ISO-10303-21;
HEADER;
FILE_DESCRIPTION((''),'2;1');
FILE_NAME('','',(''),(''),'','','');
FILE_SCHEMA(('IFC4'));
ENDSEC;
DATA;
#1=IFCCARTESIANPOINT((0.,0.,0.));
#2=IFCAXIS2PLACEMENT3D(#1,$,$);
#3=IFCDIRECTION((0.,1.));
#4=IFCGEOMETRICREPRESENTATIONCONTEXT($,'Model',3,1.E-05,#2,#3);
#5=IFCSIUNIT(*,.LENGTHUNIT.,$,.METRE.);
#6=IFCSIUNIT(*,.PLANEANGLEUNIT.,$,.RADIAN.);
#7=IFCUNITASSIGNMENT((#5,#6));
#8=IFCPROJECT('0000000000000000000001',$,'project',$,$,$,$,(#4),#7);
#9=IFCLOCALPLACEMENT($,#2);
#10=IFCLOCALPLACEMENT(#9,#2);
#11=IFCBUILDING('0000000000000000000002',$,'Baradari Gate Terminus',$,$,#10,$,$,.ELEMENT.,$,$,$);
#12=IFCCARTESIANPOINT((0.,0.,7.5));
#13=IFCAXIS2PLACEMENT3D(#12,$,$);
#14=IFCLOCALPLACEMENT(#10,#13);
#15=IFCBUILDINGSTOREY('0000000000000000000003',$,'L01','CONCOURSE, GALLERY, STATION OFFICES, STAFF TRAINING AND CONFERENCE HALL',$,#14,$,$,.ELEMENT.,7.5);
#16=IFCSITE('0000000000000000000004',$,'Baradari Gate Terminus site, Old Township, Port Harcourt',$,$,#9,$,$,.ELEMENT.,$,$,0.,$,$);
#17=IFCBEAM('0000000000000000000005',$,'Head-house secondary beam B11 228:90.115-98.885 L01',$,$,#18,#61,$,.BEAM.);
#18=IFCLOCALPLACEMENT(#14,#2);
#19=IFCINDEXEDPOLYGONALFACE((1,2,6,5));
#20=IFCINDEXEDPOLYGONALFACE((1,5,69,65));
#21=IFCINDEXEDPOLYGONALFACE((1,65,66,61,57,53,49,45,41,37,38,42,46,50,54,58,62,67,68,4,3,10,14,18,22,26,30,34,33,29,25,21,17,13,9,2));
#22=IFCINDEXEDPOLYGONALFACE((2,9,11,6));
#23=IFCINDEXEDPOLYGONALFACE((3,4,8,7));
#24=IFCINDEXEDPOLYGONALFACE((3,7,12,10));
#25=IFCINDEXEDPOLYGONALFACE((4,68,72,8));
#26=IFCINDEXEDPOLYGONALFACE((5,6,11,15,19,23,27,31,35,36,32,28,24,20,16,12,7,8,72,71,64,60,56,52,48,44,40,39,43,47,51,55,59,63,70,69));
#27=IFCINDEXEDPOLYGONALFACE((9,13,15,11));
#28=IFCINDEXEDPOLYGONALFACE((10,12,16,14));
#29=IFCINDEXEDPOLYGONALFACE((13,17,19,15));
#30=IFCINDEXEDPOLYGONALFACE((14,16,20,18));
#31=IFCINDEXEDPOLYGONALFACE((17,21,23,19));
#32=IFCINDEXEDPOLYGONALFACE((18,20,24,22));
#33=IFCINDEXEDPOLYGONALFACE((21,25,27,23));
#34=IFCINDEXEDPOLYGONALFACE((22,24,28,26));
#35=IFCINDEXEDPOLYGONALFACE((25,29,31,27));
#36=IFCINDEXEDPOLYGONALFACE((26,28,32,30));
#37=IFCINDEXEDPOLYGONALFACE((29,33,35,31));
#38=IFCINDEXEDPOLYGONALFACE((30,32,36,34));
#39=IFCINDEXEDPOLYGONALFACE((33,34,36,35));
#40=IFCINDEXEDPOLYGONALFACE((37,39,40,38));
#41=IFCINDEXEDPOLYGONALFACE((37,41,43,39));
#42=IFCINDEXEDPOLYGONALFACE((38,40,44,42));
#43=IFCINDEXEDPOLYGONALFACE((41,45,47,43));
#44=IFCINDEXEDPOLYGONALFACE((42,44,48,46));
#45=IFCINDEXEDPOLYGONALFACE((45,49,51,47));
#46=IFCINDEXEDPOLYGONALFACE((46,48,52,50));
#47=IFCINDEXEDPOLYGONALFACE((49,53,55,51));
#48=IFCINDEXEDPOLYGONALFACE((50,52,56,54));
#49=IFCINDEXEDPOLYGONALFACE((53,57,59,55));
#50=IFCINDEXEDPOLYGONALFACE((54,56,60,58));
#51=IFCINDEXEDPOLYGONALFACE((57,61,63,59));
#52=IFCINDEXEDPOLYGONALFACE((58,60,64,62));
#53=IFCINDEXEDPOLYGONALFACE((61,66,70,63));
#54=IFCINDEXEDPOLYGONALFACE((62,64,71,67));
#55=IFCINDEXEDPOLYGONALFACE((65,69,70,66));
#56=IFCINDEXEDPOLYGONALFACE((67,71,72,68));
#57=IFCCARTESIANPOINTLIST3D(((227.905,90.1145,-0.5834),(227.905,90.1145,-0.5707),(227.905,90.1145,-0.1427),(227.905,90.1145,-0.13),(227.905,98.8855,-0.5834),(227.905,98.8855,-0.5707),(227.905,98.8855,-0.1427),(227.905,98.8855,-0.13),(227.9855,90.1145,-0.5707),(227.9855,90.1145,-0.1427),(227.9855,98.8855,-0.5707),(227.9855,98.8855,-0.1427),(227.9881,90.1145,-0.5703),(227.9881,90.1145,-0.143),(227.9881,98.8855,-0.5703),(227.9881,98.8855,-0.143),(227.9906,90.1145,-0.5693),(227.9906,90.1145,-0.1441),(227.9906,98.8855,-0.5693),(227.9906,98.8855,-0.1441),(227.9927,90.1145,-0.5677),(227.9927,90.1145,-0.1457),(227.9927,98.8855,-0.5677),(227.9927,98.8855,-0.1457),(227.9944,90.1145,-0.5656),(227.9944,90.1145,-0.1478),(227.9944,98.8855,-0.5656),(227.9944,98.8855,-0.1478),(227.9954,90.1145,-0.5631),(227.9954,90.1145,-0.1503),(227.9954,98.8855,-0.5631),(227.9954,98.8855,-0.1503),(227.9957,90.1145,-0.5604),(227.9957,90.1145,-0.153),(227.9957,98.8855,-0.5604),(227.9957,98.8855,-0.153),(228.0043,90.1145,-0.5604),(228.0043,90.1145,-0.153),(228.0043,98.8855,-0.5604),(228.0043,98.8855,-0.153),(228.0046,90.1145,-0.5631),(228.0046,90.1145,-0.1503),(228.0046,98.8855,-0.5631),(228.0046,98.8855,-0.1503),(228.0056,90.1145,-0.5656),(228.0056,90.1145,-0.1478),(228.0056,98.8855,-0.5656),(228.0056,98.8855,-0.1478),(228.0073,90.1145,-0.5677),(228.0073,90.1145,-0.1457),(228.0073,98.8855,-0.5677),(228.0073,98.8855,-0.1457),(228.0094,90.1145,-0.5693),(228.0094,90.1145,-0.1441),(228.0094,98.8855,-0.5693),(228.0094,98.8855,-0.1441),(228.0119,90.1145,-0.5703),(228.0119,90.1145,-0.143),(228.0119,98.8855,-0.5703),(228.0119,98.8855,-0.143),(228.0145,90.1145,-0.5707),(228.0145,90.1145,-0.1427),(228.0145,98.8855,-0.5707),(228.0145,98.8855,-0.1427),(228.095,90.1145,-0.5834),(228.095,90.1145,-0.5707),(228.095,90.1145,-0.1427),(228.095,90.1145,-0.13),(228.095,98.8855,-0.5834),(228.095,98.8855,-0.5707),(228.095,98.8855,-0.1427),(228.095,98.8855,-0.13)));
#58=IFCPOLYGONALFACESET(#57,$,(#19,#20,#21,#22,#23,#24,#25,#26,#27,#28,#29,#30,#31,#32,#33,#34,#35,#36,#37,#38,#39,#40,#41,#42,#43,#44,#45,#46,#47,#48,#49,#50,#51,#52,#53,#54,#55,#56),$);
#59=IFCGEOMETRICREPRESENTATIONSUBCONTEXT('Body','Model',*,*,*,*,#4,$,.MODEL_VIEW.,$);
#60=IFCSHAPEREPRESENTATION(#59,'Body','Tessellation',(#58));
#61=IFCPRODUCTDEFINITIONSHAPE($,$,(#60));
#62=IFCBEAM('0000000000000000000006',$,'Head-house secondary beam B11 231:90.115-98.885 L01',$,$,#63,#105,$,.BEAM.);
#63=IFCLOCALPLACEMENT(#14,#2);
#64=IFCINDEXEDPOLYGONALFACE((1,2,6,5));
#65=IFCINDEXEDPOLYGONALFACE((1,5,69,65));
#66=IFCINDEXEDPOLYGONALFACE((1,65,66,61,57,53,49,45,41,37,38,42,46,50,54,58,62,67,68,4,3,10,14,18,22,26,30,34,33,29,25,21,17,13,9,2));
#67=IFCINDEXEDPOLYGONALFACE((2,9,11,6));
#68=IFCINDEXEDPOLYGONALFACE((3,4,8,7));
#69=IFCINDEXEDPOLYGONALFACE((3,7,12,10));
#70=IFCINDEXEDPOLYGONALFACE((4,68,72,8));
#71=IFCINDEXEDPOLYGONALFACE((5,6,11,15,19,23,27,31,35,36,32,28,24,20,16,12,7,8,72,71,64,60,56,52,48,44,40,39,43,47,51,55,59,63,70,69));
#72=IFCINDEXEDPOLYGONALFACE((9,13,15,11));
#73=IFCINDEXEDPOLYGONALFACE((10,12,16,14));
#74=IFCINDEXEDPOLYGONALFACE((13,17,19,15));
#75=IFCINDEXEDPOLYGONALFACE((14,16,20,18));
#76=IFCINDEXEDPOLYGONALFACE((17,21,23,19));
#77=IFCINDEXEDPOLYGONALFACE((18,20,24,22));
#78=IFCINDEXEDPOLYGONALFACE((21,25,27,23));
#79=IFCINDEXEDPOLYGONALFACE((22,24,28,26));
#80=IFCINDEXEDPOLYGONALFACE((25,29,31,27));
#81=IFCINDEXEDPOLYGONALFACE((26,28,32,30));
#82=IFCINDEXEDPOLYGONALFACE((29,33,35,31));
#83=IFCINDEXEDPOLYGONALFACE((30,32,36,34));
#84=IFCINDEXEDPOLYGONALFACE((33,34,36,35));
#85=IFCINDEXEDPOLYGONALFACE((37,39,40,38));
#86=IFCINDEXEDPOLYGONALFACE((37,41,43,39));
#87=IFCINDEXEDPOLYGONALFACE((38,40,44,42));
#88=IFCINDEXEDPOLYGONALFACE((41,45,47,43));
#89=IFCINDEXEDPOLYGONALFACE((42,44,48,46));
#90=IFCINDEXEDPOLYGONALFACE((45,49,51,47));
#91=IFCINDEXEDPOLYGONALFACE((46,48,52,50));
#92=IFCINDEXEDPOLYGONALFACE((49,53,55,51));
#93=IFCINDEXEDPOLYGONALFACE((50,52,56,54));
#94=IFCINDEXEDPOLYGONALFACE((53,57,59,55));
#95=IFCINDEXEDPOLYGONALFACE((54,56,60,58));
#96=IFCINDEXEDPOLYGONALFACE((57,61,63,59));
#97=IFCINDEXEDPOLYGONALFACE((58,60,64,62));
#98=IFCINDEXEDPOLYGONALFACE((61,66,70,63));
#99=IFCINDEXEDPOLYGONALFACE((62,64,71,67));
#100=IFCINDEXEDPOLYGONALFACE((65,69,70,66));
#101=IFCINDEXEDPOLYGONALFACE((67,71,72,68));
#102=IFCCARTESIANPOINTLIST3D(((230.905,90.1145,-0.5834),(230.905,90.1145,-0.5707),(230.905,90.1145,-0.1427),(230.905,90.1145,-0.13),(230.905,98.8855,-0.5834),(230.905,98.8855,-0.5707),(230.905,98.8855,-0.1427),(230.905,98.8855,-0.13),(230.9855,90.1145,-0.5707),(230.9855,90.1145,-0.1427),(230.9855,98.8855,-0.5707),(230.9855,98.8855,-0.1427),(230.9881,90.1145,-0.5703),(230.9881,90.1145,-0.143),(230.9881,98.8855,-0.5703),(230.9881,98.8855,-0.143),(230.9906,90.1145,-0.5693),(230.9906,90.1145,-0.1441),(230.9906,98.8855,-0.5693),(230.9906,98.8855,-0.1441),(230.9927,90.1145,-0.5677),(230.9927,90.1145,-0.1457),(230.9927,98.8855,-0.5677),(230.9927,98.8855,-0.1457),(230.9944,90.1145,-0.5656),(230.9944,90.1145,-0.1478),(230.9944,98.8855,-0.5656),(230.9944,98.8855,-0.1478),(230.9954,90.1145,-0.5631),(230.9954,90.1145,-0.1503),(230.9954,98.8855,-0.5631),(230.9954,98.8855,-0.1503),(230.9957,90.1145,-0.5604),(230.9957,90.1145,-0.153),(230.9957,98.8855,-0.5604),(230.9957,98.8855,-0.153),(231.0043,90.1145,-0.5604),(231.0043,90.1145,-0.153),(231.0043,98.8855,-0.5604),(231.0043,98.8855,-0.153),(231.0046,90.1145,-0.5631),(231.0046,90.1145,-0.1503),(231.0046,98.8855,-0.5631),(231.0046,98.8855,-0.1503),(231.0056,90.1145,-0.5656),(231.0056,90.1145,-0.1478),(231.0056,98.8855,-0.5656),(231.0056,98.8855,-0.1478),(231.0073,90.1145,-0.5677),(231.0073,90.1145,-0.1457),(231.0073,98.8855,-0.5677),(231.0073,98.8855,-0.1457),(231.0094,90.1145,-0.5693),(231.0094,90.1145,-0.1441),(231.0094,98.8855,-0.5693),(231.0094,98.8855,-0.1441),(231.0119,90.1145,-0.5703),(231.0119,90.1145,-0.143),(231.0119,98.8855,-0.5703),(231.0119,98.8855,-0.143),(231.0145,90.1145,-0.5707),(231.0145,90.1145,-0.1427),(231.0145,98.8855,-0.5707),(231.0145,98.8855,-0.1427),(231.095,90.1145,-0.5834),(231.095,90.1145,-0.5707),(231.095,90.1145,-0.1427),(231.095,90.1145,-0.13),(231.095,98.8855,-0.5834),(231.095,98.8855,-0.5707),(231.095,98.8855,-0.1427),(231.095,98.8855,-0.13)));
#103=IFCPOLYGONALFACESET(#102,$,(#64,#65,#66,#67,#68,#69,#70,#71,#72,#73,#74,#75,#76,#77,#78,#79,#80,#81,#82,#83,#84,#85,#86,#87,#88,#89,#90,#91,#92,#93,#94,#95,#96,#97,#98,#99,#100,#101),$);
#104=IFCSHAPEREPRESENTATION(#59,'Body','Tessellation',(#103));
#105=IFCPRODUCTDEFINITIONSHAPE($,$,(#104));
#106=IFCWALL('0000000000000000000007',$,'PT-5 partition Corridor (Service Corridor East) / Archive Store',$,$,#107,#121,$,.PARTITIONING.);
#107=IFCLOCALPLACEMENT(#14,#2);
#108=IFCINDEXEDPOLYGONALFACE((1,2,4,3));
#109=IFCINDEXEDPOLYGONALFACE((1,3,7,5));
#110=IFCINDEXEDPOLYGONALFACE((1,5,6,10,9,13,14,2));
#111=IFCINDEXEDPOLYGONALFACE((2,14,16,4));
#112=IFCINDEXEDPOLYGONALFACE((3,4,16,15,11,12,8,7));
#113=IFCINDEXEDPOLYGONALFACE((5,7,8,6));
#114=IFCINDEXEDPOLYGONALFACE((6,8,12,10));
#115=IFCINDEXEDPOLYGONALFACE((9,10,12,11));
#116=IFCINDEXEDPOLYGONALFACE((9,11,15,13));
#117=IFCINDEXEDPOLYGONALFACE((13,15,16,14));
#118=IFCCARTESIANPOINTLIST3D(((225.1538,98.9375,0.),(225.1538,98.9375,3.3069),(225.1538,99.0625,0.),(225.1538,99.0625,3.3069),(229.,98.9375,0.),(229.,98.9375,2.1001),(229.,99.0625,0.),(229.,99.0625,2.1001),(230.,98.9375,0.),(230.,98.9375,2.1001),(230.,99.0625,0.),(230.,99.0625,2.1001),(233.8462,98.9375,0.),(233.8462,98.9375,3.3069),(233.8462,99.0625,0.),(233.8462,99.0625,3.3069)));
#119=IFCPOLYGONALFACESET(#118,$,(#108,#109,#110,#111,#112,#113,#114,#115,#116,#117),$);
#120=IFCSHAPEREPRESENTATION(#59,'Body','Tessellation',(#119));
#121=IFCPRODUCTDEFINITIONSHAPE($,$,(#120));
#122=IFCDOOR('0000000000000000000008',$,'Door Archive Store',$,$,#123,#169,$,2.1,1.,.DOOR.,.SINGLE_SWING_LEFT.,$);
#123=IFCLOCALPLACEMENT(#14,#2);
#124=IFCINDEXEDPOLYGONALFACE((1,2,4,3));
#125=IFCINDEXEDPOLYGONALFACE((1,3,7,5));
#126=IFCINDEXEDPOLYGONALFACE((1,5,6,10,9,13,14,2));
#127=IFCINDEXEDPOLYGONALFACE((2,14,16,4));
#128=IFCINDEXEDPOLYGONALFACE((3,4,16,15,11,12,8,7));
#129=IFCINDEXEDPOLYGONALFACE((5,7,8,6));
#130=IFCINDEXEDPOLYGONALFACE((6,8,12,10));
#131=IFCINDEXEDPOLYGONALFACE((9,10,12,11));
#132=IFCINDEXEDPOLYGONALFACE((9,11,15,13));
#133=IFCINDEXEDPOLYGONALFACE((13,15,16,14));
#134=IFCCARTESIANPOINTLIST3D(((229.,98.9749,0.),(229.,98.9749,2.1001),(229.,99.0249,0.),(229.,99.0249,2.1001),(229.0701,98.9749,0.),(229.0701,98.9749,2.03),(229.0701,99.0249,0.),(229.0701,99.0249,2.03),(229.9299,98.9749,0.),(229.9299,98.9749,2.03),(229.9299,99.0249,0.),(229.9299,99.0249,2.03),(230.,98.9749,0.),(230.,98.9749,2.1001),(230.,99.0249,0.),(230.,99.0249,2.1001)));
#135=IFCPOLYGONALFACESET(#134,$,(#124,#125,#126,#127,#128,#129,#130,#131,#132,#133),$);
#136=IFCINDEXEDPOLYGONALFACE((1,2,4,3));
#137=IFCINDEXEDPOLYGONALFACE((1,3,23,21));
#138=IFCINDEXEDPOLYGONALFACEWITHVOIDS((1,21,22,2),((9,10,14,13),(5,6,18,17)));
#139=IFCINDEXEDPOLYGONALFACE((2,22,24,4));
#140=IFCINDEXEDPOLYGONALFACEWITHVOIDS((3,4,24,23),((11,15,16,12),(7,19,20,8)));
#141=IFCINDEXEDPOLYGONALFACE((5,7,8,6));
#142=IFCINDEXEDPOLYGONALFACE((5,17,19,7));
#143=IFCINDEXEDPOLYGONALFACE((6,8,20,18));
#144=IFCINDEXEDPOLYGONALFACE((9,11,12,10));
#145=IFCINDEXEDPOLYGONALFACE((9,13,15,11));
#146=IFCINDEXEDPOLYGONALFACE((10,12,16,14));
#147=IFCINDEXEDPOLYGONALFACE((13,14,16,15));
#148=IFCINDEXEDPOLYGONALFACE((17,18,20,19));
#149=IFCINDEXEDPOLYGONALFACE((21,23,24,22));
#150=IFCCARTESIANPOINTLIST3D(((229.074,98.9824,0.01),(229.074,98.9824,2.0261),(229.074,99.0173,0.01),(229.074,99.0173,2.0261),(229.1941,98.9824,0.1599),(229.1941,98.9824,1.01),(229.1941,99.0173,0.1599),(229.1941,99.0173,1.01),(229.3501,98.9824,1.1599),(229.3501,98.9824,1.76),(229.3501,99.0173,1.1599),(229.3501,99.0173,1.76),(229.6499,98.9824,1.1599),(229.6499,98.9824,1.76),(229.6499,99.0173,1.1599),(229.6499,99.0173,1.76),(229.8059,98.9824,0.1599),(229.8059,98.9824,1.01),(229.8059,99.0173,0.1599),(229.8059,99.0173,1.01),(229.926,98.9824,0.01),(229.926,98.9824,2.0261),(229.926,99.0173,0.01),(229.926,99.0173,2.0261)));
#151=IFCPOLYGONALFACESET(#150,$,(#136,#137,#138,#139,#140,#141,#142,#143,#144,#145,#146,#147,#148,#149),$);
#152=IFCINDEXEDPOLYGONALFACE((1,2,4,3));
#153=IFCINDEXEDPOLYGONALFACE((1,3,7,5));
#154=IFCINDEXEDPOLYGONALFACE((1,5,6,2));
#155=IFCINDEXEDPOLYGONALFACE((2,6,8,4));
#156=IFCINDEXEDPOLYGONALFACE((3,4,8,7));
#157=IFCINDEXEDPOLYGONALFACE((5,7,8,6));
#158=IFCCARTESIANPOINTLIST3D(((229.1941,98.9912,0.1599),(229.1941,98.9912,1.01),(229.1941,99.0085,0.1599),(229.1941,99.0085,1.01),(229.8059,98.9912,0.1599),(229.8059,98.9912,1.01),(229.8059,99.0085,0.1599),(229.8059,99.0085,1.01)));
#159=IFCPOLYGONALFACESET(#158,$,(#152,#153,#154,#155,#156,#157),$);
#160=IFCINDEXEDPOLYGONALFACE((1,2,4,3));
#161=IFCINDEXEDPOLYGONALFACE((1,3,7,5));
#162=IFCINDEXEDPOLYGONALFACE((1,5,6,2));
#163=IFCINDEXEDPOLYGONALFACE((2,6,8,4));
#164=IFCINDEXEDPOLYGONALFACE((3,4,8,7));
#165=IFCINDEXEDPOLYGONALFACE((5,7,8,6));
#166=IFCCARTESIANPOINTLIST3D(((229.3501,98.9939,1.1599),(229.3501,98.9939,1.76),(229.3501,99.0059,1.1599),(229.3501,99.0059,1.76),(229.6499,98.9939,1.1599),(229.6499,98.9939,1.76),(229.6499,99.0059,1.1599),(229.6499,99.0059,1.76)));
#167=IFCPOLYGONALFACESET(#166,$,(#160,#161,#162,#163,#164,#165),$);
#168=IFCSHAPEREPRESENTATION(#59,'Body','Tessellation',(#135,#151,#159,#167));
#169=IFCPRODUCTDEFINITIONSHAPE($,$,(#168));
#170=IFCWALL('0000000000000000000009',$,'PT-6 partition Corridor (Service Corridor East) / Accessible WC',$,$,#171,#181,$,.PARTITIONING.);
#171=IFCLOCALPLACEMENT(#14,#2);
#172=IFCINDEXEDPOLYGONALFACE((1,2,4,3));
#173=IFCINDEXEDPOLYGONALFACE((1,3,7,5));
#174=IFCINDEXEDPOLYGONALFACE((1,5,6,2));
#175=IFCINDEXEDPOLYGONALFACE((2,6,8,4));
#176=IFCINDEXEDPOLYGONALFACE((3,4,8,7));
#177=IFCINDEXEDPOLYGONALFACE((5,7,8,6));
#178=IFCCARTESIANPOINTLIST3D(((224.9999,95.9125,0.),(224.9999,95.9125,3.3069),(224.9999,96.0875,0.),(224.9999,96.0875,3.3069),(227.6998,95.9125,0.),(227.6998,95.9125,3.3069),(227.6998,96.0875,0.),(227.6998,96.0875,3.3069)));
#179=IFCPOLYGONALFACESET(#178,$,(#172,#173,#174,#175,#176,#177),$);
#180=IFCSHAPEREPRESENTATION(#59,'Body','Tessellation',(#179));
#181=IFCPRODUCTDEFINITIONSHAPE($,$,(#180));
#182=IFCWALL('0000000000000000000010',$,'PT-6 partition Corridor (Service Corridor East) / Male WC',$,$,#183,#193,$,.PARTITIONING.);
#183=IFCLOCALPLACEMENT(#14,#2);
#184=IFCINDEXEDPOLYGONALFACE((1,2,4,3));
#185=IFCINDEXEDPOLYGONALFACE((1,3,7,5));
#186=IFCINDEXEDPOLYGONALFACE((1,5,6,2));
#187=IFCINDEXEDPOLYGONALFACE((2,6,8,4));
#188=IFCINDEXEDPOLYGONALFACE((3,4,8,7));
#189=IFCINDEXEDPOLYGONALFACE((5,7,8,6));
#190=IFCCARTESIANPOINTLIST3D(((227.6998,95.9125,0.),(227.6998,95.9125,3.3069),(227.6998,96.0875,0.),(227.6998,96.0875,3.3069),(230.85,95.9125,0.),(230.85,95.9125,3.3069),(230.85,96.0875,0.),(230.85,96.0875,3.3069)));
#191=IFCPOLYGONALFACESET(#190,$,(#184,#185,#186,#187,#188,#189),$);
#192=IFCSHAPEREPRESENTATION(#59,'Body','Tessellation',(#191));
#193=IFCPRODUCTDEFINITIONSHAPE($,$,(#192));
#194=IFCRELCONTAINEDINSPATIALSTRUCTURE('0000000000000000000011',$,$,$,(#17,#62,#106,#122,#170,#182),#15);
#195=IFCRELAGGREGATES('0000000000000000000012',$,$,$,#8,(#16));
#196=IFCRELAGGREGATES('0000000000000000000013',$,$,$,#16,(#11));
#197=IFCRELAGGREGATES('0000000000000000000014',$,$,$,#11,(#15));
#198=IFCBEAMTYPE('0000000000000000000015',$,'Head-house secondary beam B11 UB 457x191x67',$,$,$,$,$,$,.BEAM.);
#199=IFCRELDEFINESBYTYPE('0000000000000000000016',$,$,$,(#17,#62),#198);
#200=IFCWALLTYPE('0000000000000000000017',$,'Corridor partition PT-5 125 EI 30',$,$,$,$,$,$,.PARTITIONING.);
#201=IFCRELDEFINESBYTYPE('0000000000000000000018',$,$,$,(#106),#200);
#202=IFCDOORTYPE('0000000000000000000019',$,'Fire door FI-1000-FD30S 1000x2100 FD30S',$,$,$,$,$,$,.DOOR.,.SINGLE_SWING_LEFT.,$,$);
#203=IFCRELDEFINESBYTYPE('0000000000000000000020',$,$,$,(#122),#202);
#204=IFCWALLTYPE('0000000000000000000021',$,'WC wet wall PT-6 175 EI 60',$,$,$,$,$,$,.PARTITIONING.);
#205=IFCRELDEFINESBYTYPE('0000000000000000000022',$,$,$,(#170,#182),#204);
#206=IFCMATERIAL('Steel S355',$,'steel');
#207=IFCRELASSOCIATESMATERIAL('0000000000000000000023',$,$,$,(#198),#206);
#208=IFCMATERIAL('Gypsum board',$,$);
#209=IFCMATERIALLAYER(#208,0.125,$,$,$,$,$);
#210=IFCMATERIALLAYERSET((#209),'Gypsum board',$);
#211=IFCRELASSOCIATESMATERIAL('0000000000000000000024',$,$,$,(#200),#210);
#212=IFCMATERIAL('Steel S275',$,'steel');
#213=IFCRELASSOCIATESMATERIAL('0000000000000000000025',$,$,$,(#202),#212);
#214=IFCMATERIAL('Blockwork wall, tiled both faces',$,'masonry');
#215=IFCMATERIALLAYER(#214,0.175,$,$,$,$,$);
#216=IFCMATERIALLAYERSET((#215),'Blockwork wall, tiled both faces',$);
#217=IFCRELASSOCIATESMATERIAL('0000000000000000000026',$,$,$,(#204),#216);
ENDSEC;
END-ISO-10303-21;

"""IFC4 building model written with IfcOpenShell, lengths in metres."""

from ifc_helpers import new_model, si_unit, direction, frame, frame_2d, origin, origin_2d, place, context, subcontext, project, spatial, polyline, rectangle, i_section, outline, extrude, material, layer, layer_set, material_profile, profile_set, type_object, element, fill, save


model = new_model("IFC4")

# Units and contexts
model_context = context("Model", 3, precision=1e-05, world=origin(), true_north=direction((0.0, 1.0)))
body_context = subcontext(model_context, "Body", "Model", "MODEL_VIEW")
ifc_project = project(units=[si_unit("LENGTHUNIT", "METRE"), si_unit("PLANEANGLEUNIT", "RADIAN")], contexts=[model_context])

# Site, building, storey
site_placement = place(None, origin())
site = spatial("IfcSite", under=ifc_project, at=site_placement, Name="Baradari Gate Terminus site, Old Township, Port Harcourt", CompositionType="ELEMENT", RefElevation=0.0)
building_placement = place(site_placement, origin())
building = spatial("IfcBuilding", under=site, at=building_placement, Name="Baradari Gate Terminus", CompositionType="ELEMENT")
storey_placement = place(building_placement, frame((0.0, 0.0, 7.5)))
storey = spatial("IfcBuildingStorey", under=building, at=storey_placement, Name="L01", Description="CONCOURSE, GALLERY, STATION OFFICES, STAFF TRAINING AND CONFERENCE HALL", CompositionType="ELEMENT", Elevation=7.5)

# Beams
ifc_material_1 = material(Name="Steel S355", Category="steel")
ifc_material_profile_1 = material_profile(ifc_material_1, i_section(OverallWidth=0.1899, OverallDepth=0.4534, WebThickness=0.0085, FlangeThickness=0.0127, FilletRadius=0.0103, at=origin_2d()), Name="UB 457x191x67")
ifc_profile_set_1 = profile_set([ifc_material_profile_1], Name="Steel S355")
beam_type_1 = type_object("IfcBeamType", Name="Head-house secondary beam B11 UB 457x191x67", PredefinedType="BEAM", material=ifc_profile_set_1)
for number, where, z_axis, x_axis, name in (
    (1, (228.0, 90.1145, -0.3567), (0.0, 1.0, 0.0), (-1.0, 0.0, 0.0), "Head-house secondary beam B11 228:90.115-98.885 L01"),
    (2, (231.0, 90.1145, -0.3567), (0.0, 1.0, 0.0), (-1.0, 0.0, 0.0), "Head-house secondary beam B11 231:90.115-98.885 L01"),
):
    element("IfcBeam", number, at=place(storey_placement, frame(where, z_axis=z_axis, x_axis=x_axis)), inside=storey, type_object=beam_type_1, Name=name, PredefinedType="BEAM", context=body_context, shape_type="SweptSolid", body=[
        extrude(i_section(OverallWidth=0.1899, OverallDepth=0.4534, WebThickness=0.0085, FlangeThickness=0.0127, FilletRadius=0.0103, at=origin_2d()), origin(), (0.0, 0.0, 1.0), 8.771),
    ])

# Wall, opening, door
ifc_material_2 = material(Name="Gypsum board")
ifc_layer_1 = layer(ifc_material_2, 0.125)
ifc_layer_set_1 = layer_set([ifc_layer_1], Name="Gypsum board")
wall_type_1 = type_object("IfcWallType", Name="Corridor partition PT-5 125 EI 30", PredefinedType="PARTITIONING", material=ifc_layer_set_1)
wall_1_placement = place(storey_placement, frame((225.1538, 99.0, 0.0), z_axis=(0.0, 0.0, 1.0), x_axis=(1.0, 0.0, 0.0)))
wall_1 = element("IfcWall", 3, at=wall_1_placement, inside=storey, type_object=wall_type_1, Name="PT-5 partition Corridor (Service Corridor East) / Archive Store", PredefinedType="PARTITIONING", context=body_context, shape_type="SweptSolid", body=[
    extrude(rectangle(XDim=8.6924, YDim=0.125, at=frame_2d((4.3462, 0.0))), origin(), (0.0, 0.0, 1.0), 3.3069),
])
opening_1_placement = place(wall_1_placement, frame((3.8462, 0.0, 0.0)))
opening_1 = element("IfcOpeningElement", 4, at=opening_1_placement, cuts=wall_1, PredefinedType="OPENING", context=body_context, shape_type="SweptSolid", body=[
    extrude(rectangle(XDim=1.0, YDim=2.1001, at=frame_2d((0.5, 1.05))), frame((0.0, 0.0725, 0.0), z_axis=(0.0, -1.0, 0.0), x_axis=(1.0, 0.0, 0.0)), (0.0, 0.0, 1.0), 0.145),
])
ifc_material_3 = material(Name="Steel S275", Category="steel")
door_type_1 = type_object("IfcDoorType", Name="Fire door FI-1000-FD30S 1000x2100 FD30S", OperationType="SINGLE_SWING_LEFT", PredefinedType="DOOR", material=ifc_material_3)
door_1_placement = place(opening_1_placement, origin())
door_1 = element("IfcDoor", 5, at=door_1_placement, inside=storey, type_object=door_type_1, Name="Door Archive Store", OperationType="SINGLE_SWING_LEFT", OverallHeight=2.1, OverallWidth=1.0, PredefinedType="DOOR", context=body_context, shape_type="SweptSolid", body=[
    extrude(outline(polyline([(0.0, 0.0), (0.0701, 0.0), (0.0701, 2.03), (0.9299, 2.03), (0.9299, 0.0), (1.0, 0.0), (1.0, 2.1001), (0.0, 2.1001), (0.0, 0.0)])), frame((0.0, 0.0249, 0.0), z_axis=(0.0, -1.0, 0.0), x_axis=(1.0, 0.0, 0.0)), (0.0, 0.0, 1.0), 0.05),
    extrude(outline(polyline([(0.074, 0.01), (0.926, 0.01), (0.926, 2.0261), (0.074, 2.0261), (0.074, 0.01)]), holes=[polyline([(0.1941, 0.1599), (0.8059, 0.1599), (0.8059, 1.01), (0.1941, 1.01), (0.1941, 0.1599)]), polyline([(0.3501, 1.1599), (0.6499, 1.1599), (0.6499, 1.76), (0.3501, 1.76), (0.3501, 1.1599)])]), frame((0.0, 0.0173, 0.0), z_axis=(0.0, -1.0, 0.0), x_axis=(1.0, 0.0, 0.0)), (0.0, 0.0, 1.0), 0.0349),
    extrude(rectangle(XDim=0.6118, YDim=0.8501, at=frame_2d((0.5, 0.585))), frame((0.0, 0.0085, 0.0), z_axis=(0.0, -1.0, 0.0), x_axis=(1.0, 0.0, 0.0)), (0.0, 0.0, 1.0), 0.0173),
    extrude(rectangle(XDim=0.2998, YDim=0.6001, at=frame_2d((0.5, 1.46))), frame((0.0, 0.0059, 0.0), z_axis=(0.0, -1.0, 0.0), x_axis=(1.0, 0.0, 0.0)), (0.0, 0.0, 1.0), 0.012),
])
fill(opening_1, door_1)

# Walls
ifc_material_4 = material(Name="Blockwork wall, tiled both faces", Category="masonry")
ifc_layer_2 = layer(ifc_material_4, 0.175)
ifc_layer_set_2 = layer_set([ifc_layer_2], Name="Blockwork wall, tiled both faces")
wall_type_2 = type_object("IfcWallType", Name="WC wet wall PT-6 175 EI 60", PredefinedType="PARTITIONING", material=ifc_layer_set_2)
wall_2_placement = place(storey_placement, frame((227.7, 96.0, 0.0), z_axis=(0.0, 0.0, 1.0), x_axis=(-1.0, 0.0, 0.0)))
element("IfcWall", 6, at=wall_2_placement, inside=storey, type_object=wall_type_2, Name="PT-6 partition Corridor (Service Corridor East) / Accessible WC", PredefinedType="PARTITIONING", context=body_context, shape_type="SweptSolid", body=[
    extrude(rectangle(XDim=2.7, YDim=0.175, at=frame_2d((1.3501, 0.0))), origin(), (0.0, 0.0, 1.0), 3.3069),
])
wall_3_placement = place(storey_placement, frame((230.8501, 96.0, 0.0), z_axis=(0.0, 0.0, 1.0), x_axis=(-1.0, 0.0, 0.0)))
element("IfcWall", 7, at=wall_3_placement, inside=storey, type_object=wall_type_2, Name="PT-6 partition Corridor (Service Corridor East) / Male WC", PredefinedType="PARTITIONING", context=body_context, shape_type="SweptSolid", body=[
    extrude(rectangle(XDim=3.1501, YDim=0.175, at=frame_2d((1.5752, 0.0))), origin(), (0.0, 0.0, 1.0), 3.3069),
])

save(model, "model.ifc")
